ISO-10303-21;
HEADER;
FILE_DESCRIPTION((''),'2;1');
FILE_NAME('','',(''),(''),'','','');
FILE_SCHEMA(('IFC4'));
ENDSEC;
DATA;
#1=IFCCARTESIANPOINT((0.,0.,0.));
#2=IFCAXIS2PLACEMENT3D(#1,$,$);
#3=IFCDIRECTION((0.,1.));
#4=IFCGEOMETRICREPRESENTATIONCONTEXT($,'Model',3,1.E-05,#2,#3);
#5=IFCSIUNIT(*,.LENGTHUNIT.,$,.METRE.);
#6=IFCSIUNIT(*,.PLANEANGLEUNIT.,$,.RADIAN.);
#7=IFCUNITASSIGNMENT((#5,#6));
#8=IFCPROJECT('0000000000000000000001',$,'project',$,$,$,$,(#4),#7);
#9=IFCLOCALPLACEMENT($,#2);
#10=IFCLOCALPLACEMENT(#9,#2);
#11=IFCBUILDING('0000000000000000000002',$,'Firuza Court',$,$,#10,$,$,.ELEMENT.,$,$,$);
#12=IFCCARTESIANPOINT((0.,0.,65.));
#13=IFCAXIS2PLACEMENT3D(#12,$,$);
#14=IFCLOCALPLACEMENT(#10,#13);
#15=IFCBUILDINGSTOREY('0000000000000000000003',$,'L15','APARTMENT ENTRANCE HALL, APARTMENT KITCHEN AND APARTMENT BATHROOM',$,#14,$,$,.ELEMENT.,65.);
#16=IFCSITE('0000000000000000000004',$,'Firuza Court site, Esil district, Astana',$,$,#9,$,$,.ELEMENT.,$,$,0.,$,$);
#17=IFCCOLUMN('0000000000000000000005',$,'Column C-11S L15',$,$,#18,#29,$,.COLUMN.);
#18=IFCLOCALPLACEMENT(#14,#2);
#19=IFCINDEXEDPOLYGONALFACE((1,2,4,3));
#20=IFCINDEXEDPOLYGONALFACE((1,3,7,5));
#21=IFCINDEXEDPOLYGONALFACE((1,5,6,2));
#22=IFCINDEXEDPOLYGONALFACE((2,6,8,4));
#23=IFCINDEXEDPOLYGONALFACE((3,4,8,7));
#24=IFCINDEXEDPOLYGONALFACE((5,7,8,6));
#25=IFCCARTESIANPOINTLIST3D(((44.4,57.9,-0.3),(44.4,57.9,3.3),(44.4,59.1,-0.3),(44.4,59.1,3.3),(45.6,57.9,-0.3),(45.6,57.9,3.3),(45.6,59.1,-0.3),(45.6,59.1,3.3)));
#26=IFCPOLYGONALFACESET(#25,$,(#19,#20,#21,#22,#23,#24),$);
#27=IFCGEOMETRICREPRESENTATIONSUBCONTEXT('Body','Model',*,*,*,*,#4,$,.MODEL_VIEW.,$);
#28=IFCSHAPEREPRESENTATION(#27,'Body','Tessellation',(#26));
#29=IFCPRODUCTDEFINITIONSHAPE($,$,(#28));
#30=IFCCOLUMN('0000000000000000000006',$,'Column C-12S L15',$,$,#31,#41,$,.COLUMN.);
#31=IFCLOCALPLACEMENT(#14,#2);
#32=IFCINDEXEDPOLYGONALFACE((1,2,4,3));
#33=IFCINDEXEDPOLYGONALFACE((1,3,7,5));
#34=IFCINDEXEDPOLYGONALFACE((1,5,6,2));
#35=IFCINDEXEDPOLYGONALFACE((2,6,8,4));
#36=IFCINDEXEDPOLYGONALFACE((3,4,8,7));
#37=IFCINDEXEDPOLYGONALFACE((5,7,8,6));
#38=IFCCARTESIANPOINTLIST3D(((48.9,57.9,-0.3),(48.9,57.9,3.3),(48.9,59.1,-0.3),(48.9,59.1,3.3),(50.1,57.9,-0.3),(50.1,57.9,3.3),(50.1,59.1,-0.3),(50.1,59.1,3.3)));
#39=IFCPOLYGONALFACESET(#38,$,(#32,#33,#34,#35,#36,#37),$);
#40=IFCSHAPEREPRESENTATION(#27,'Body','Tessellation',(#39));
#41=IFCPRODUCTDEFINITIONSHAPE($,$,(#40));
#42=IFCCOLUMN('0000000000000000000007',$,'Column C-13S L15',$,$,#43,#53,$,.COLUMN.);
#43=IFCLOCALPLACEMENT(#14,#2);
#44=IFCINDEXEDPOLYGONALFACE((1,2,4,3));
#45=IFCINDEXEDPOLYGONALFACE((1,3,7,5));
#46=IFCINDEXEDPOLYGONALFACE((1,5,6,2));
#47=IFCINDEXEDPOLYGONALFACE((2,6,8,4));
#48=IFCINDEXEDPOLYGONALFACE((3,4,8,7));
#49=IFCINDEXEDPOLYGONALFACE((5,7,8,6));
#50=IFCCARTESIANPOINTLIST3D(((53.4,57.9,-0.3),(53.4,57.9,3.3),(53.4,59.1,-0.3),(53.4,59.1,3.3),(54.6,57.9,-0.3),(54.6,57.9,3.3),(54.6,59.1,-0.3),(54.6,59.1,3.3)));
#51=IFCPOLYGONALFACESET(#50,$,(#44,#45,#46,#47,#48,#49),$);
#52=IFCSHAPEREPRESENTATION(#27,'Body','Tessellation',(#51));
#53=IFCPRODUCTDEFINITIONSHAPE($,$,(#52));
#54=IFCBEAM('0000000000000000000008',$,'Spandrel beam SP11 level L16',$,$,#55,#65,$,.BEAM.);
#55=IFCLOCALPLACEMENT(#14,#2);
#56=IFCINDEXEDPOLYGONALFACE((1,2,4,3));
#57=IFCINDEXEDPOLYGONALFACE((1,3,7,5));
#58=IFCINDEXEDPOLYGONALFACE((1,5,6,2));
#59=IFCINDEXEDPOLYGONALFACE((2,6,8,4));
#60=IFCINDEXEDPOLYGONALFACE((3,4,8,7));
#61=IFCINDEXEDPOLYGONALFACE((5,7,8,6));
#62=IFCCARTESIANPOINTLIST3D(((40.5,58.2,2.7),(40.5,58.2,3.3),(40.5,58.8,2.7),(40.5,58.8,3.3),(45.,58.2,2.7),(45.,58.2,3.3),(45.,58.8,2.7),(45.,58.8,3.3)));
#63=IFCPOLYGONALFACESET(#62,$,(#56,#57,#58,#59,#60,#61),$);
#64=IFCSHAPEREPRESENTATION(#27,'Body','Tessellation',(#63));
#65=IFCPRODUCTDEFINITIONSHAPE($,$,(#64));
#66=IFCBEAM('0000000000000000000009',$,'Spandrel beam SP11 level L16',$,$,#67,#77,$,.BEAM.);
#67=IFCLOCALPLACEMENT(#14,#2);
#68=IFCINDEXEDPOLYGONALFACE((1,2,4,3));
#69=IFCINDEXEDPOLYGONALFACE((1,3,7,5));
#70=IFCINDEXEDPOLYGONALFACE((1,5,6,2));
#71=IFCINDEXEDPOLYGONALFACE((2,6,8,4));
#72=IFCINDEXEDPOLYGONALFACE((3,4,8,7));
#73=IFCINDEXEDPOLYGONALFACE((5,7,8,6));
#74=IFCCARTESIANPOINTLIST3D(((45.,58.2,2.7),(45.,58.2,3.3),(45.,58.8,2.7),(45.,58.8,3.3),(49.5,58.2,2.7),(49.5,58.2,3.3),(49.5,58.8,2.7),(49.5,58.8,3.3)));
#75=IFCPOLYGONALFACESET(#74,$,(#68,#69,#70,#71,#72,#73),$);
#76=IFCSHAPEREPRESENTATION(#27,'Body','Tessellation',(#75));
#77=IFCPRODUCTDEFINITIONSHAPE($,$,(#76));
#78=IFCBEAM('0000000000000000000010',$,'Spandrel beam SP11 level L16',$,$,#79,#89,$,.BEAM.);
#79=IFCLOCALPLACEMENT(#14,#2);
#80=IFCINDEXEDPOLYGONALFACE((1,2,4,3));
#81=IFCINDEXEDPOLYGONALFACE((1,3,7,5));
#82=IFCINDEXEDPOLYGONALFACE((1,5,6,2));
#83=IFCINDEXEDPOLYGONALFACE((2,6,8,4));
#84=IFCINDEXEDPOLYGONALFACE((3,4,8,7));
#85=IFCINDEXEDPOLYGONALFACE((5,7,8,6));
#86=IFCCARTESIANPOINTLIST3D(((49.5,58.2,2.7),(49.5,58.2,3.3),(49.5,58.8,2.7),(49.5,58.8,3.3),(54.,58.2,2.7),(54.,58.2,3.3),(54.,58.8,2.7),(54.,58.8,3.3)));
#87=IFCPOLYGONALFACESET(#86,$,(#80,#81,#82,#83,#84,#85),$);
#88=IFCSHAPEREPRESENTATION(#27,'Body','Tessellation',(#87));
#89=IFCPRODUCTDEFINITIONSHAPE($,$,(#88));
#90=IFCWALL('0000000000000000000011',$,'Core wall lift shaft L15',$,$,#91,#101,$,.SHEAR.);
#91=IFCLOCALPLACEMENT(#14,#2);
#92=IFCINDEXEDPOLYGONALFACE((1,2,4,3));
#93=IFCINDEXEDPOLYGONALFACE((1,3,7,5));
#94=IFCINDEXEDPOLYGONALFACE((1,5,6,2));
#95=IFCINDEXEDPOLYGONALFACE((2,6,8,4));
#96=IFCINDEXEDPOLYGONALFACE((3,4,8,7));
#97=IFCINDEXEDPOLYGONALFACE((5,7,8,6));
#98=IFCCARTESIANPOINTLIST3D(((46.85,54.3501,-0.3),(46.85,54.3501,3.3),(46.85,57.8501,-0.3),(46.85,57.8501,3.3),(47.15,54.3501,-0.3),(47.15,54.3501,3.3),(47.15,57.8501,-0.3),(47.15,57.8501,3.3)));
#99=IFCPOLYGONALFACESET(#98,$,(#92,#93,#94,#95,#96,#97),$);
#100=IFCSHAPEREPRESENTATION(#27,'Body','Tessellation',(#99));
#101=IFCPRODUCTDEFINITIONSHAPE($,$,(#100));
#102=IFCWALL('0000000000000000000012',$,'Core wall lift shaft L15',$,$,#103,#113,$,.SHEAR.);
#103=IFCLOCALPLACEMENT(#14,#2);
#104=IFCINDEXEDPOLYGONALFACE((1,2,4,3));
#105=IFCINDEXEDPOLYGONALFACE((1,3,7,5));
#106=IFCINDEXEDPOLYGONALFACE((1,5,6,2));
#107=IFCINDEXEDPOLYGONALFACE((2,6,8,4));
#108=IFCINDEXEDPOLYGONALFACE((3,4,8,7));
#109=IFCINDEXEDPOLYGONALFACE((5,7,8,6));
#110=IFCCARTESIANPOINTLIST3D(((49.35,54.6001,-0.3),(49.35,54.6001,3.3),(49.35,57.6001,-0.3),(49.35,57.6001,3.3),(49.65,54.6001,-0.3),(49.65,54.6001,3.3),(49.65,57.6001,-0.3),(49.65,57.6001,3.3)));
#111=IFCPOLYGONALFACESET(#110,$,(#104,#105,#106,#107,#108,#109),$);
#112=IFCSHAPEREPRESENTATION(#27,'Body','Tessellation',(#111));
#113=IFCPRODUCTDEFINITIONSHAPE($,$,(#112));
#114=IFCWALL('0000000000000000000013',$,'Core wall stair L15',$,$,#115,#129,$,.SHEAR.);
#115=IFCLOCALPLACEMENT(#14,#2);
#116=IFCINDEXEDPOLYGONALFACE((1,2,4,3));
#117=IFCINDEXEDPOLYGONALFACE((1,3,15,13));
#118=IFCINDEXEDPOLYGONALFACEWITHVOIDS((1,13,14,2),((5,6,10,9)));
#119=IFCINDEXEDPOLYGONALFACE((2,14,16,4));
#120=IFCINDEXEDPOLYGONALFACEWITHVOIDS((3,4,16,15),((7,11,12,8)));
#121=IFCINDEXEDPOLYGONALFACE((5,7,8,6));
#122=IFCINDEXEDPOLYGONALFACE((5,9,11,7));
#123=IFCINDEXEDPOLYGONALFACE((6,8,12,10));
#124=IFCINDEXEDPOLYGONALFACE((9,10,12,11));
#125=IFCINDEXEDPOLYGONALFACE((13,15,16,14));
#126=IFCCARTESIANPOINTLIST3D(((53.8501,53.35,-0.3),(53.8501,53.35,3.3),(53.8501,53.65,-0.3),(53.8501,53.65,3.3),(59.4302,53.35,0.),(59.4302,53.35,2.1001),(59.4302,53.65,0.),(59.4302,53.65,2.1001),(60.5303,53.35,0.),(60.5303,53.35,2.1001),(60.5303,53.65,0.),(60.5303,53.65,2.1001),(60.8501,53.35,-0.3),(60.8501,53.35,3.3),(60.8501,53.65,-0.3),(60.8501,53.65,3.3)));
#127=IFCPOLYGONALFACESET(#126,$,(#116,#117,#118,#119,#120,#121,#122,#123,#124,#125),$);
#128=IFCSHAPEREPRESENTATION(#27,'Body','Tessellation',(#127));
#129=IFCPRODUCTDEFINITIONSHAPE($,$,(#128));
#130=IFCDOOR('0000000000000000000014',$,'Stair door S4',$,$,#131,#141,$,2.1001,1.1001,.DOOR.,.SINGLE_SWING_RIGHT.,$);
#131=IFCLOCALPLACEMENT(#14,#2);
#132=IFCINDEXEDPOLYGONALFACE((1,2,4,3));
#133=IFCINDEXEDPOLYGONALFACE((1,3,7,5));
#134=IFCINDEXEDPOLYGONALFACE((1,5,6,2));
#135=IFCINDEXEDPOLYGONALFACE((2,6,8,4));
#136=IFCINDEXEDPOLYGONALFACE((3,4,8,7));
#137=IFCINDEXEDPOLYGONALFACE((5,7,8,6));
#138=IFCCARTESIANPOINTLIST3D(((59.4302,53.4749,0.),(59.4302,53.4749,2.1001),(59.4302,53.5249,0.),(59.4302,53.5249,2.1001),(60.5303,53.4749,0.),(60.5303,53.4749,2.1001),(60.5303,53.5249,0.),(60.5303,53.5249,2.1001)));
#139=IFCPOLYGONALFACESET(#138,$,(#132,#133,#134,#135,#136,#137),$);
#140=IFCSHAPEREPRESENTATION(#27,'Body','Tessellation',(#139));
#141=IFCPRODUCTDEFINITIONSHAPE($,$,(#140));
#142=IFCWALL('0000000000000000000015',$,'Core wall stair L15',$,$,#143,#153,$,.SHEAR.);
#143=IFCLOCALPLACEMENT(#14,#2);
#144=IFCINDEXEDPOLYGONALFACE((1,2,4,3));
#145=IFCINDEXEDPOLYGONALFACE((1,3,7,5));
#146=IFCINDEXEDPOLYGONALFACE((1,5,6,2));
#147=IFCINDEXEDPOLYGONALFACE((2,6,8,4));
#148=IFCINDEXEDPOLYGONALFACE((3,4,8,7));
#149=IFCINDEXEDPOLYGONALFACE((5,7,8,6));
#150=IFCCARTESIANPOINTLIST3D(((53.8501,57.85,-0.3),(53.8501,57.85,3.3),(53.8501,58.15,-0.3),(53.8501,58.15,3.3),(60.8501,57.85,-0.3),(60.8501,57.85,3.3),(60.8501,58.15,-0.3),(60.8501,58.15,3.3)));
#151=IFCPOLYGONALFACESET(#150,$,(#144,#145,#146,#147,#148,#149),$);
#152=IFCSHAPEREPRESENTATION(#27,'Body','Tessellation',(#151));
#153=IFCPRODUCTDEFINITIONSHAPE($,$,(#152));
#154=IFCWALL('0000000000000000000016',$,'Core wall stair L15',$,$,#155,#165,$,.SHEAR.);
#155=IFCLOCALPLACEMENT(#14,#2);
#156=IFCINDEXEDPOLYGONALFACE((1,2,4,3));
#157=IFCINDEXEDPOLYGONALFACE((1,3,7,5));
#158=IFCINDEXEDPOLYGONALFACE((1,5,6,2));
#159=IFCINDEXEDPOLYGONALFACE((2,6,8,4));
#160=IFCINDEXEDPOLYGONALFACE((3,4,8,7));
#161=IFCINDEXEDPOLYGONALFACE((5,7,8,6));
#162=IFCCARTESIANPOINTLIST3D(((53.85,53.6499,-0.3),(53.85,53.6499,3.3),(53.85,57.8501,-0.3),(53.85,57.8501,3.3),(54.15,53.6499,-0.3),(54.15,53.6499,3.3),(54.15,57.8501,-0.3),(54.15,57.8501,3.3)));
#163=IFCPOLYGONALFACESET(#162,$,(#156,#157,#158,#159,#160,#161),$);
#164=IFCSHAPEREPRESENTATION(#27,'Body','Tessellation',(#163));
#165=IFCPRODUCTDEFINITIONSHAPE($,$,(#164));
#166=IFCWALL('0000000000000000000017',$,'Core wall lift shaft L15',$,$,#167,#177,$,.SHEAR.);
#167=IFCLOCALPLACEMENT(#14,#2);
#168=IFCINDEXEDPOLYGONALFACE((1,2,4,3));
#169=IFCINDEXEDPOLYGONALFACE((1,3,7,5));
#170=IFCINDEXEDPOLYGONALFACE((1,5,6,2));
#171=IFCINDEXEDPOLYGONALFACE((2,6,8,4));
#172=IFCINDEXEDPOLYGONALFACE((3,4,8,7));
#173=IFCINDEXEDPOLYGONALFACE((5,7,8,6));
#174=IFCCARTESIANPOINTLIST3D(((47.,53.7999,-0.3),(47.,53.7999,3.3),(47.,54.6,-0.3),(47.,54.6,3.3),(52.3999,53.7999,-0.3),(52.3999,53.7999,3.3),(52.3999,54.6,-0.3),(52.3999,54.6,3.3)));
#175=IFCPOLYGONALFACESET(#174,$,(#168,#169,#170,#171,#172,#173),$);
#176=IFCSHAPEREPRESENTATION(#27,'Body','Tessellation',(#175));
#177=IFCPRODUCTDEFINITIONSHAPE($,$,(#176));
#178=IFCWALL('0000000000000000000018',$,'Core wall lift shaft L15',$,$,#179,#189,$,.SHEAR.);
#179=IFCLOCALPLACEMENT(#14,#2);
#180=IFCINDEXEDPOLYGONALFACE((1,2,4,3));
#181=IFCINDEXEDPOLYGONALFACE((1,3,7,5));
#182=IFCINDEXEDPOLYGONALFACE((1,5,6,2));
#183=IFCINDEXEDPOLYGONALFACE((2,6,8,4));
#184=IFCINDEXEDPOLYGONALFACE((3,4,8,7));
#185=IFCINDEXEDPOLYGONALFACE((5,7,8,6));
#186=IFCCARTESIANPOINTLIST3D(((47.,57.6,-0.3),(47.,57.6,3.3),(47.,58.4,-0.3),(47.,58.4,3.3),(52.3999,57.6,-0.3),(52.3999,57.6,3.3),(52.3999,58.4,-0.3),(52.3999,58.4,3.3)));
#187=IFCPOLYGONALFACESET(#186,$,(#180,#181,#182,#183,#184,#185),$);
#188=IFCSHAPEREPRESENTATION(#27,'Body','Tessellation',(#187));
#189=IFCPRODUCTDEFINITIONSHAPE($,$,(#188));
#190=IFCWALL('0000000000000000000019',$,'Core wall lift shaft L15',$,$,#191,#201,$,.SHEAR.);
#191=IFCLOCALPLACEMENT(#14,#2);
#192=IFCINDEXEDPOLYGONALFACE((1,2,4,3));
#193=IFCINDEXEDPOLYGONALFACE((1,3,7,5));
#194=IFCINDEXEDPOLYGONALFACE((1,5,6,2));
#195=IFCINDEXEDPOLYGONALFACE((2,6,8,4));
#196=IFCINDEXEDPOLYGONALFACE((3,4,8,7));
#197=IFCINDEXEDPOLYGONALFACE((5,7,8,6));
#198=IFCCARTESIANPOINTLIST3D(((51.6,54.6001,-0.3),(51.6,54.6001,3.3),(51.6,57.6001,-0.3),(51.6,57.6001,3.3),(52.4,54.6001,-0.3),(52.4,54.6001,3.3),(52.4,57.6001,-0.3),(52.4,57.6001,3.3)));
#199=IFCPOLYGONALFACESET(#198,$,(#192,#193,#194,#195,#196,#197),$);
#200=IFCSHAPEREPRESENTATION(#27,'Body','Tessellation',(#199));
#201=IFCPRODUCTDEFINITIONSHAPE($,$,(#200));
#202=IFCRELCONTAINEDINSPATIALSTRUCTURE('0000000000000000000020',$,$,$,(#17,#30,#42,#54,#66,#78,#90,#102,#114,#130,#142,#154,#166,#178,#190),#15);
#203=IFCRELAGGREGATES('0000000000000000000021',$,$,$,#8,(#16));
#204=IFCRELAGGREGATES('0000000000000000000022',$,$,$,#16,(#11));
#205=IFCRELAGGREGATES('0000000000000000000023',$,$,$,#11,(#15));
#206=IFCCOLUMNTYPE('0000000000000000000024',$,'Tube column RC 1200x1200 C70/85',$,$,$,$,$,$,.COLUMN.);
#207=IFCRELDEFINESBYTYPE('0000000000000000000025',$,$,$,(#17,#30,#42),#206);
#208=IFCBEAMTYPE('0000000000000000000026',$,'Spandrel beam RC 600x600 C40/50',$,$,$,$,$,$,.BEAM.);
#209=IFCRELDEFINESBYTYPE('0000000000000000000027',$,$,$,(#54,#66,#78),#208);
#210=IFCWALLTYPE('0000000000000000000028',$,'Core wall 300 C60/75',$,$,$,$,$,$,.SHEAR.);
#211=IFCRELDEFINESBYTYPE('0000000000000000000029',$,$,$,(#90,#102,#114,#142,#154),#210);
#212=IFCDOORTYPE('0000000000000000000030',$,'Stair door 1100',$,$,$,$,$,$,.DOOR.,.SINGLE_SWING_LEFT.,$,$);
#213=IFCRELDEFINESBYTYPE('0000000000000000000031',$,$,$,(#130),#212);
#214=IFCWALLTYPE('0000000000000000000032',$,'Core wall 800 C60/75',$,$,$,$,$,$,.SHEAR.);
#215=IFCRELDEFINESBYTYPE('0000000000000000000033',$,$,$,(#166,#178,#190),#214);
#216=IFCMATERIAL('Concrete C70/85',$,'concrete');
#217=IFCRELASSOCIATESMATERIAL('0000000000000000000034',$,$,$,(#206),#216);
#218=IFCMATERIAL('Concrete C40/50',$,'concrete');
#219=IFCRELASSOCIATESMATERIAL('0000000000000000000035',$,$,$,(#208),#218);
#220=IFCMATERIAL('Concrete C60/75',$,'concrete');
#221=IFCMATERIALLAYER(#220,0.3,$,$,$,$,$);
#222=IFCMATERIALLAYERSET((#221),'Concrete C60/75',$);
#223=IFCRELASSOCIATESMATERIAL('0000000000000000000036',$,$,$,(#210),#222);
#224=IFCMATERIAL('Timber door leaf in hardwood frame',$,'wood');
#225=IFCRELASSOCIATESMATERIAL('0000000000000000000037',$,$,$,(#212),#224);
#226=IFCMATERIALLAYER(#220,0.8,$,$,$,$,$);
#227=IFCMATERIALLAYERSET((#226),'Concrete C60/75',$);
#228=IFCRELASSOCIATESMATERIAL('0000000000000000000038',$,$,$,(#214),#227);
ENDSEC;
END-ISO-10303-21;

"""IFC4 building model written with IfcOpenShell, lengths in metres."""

from ifc_helpers import new_model, si_unit, direction, frame, frame_2d, origin, origin_2d, place, context, subcontext, project, spatial, rectangle, extrude, material, layer, layer_set, material_profile, profile_set, type_object, element, fill, save


model = new_model("IFC4")

# Units and contexts
model_context = context("Model", 3, precision=1e-05, world=origin(), true_north=direction((0.0, 1.0)))
body_context = subcontext(model_context, "Body", "Model", "MODEL_VIEW")
ifc_project = project(units=[si_unit("LENGTHUNIT", "METRE"), si_unit("PLANEANGLEUNIT", "RADIAN")], contexts=[model_context])

# Site, building, storey
site_placement = place(None, origin())
site = spatial("IfcSite", under=ifc_project, at=site_placement, Name="Firuza Court site, Esil district, Astana", CompositionType="ELEMENT", RefElevation=0.0)
building_placement = place(site_placement, origin())
building = spatial("IfcBuilding", under=site, at=building_placement, Name="Firuza Court", CompositionType="ELEMENT")
storey_placement = place(building_placement, frame((0.0, 0.0, 65.0)))
storey = spatial("IfcBuildingStorey", under=building, at=storey_placement, Name="L15", Description="APARTMENT ENTRANCE HALL, APARTMENT KITCHEN AND APARTMENT BATHROOM", CompositionType="ELEMENT", Elevation=65.0)

# Columns
ifc_material_1 = material(Name="Concrete C70/85", Category="concrete")
ifc_material_profile_1 = material_profile(ifc_material_1, rectangle(XDim=1.2, YDim=1.2, at=origin_2d()), Name="RC 1200x1200")
ifc_profile_set_1 = profile_set([ifc_material_profile_1], Name="Concrete C70/85")
column_type = type_object("IfcColumnType", Name="Tube column RC 1200x1200 C70/85", PredefinedType="COLUMN", material=ifc_profile_set_1)
for number, where, z_axis, x_axis, name in (
    (1, (45.0, 58.5, -0.3), (0.0, 0.0, 1.0), (1.0, 0.0, 0.0), "Column C-11S L15"),
    (2, (49.5, 58.5, -0.3), (0.0, 0.0, 1.0), (1.0, 0.0, 0.0), "Column C-12S L15"),
    (3, (54.0, 58.5, -0.3), (0.0, 0.0, 1.0), (1.0, 0.0, 0.0), "Column C-13S L15"),
):
    element("IfcColumn", number, at=place(storey_placement, frame(where, z_axis=z_axis, x_axis=x_axis)), inside=storey, type_object=column_type, Name=name, PredefinedType="COLUMN", context=body_context, shape_type="SweptSolid", body=[
        extrude(rectangle(XDim=1.2, YDim=1.2, at=origin_2d()), origin(), (0.0, 0.0, 1.0), 3.6001),
    ])

# Beams
ifc_material_2 = material(Name="Concrete C40/50", Category="concrete")
ifc_material_profile_2 = material_profile(ifc_material_2, rectangle(XDim=0.6001, YDim=0.6001, at=origin_2d()), Name="RC 600x600")
ifc_profile_set_2 = profile_set([ifc_material_profile_2], Name="Concrete C40/50")
beam_type = type_object("IfcBeamType", Name="Spandrel beam RC 600x600 C40/50", PredefinedType="BEAM", material=ifc_profile_set_2)
for number, where, z_axis, x_axis, name in (
    (4, (45.0, 58.5, 3.0), (-1.0, 0.0, 0.0), (0.0, -1.0, 0.0), "Spandrel beam SP11 level L16"),
    (5, (49.5, 58.5, 3.0), (-1.0, 0.0, 0.0), (0.0, -1.0, 0.0), "Spandrel beam SP11 level L16"),
    (6, (54.0, 58.5, 3.0), (-1.0, 0.0, 0.0), (0.0, -1.0, 0.0), "Spandrel beam SP11 level L16"),
):
    element("IfcBeam", number, at=place(storey_placement, frame(where, z_axis=z_axis, x_axis=x_axis)), inside=storey, type_object=beam_type, Name=name, PredefinedType="BEAM", context=body_context, shape_type="SweptSolid", body=[
        extrude(rectangle(XDim=0.6001, YDim=0.6001, at=origin_2d()), origin(), (0.0, 0.0, 1.0), 4.5),
    ])

# Walls
ifc_material_3 = material(Name="Concrete C60/75", Category="concrete")
ifc_layer_1 = layer(ifc_material_3, 0.3)
ifc_layer_set_1 = layer_set([ifc_layer_1], Name="Concrete C60/75")
wall_type_1 = type_object("IfcWallType", Name="Core wall 300 C60/75", PredefinedType="SHEAR", material=ifc_layer_set_1)
wall_1_placement = place(storey_placement, frame((47.0, 54.3501, -0.3), z_axis=(0.0, 0.0, 1.0), x_axis=(0.0, 1.0, 0.0)))
element("IfcWall", 7, at=wall_1_placement, inside=storey, type_object=wall_type_1, Name="Core wall lift shaft L15", PredefinedType="SHEAR", context=body_context, shape_type="SweptSolid", body=[
    extrude(rectangle(XDim=3.5, YDim=0.3, at=frame_2d((1.75, 0.0))), origin(), (0.0, 0.0, 1.0), 3.6001),
])
wall_2_placement = place(storey_placement, frame((49.5, 54.6001, -0.3), z_axis=(0.0, 0.0, 1.0), x_axis=(0.0, 1.0, 0.0)))
element("IfcWall", 8, at=wall_2_placement, inside=storey, type_object=wall_type_1, Name="Core wall lift shaft L15", PredefinedType="SHEAR", context=body_context, shape_type="SweptSolid", body=[
    extrude(rectangle(XDim=3.0, YDim=0.3, at=frame_2d((1.5, 0.0))), origin(), (0.0, 0.0, 1.0), 3.6001),
])

# Wall, opening, door
wall_3_placement = place(storey_placement, frame((53.8501, 53.5, -0.3), z_axis=(0.0, 0.0, 1.0), x_axis=(1.0, 0.0, 0.0)))
wall_3 = element("IfcWall", 9, at=wall_3_placement, inside=storey, type_object=wall_type_1, Name="Core wall stair L15", PredefinedType="SHEAR", context=body_context, shape_type="SweptSolid", body=[
    extrude(rectangle(XDim=7.0, YDim=0.3, at=frame_2d((3.5, 0.0))), origin(), (0.0, 0.0, 1.0), 3.6001),
])
opening_1_placement = place(wall_3_placement, frame((5.5801, 0.0, 0.3)))
opening_1 = element("IfcOpeningElement", 10, at=opening_1_placement, cuts=wall_3, PredefinedType="OPENING", context=body_context, shape_type="SweptSolid", body=[
    extrude(rectangle(XDim=1.1001, YDim=2.1001, at=frame_2d((0.55, 1.05))), frame((0.0, 0.1621, 0.0), z_axis=(0.0, -1.0, 0.0), x_axis=(1.0, 0.0, 0.0)), (0.0, 0.0, 1.0), 0.324),
])
ifc_material_4 = material(Name="Timber door leaf in hardwood frame", Category="wood")
door_type_1 = type_object("IfcDoorType", Name="Stair door 1100", OperationType="SINGLE_SWING_LEFT", PredefinedType="DOOR", material=ifc_material_4)
door_1_placement = place(opening_1_placement, origin())
door_1 = element("IfcDoor", 11, at=door_1_placement, inside=storey, type_object=door_type_1, Name="Stair door S4", OperationType="SINGLE_SWING_RIGHT", OverallHeight=2.1001, OverallWidth=1.1001, PredefinedType="DOOR", context=body_context, shape_type="SweptSolid", body=[
    extrude(rectangle(XDim=1.1001, YDim=2.1001, at=frame_2d((0.55, 1.05))), frame((0.0, 0.0249, 0.0), z_axis=(0.0, -1.0, 0.0), x_axis=(1.0, 0.0, 0.0)), (0.0, 0.0, 1.0), 0.05),
])
fill(opening_1, door_1)

# Walls
wall_4_placement = place(storey_placement, frame((53.8501, 58.0, -0.3), z_axis=(0.0, 0.0, 1.0), x_axis=(1.0, 0.0, 0.0)))
element("IfcWall", 12, at=wall_4_placement, inside=storey, type_object=wall_type_1, Name="Core wall stair L15", PredefinedType="SHEAR", context=body_context, shape_type="SweptSolid", body=[
    extrude(rectangle(XDim=7.0, YDim=0.3, at=frame_2d((3.5, 0.0))), origin(), (0.0, 0.0, 1.0), 3.6001),
])
wall_5_placement = place(storey_placement, frame((54.0, 53.6499, -0.3), z_axis=(0.0, 0.0, 1.0), x_axis=(0.0, 1.0, 0.0)))
element("IfcWall", 13, at=wall_5_placement, inside=storey, type_object=wall_type_1, Name="Core wall stair L15", PredefinedType="SHEAR", context=body_context, shape_type="SweptSolid", body=[
    extrude(rectangle(XDim=4.2002, YDim=0.3, at=frame_2d((2.1001, 0.0))), origin(), (0.0, 0.0, 1.0), 3.6001),
])
ifc_layer_2 = layer(ifc_material_3, 0.8)
ifc_layer_set_2 = layer_set([ifc_layer_2], Name="Concrete C60/75")
wall_type_2 = type_object("IfcWallType", Name="Core wall 800 C60/75", PredefinedType="SHEAR", material=ifc_layer_set_2)
for number, where, z_axis, x_axis, name in (
    (14, (47.0, 54.2, -0.3), (0.0, 0.0, 1.0), (1.0, 0.0, 0.0), "Core wall lift shaft L15"),
    (15, (47.0, 58.0, -0.3), (0.0, 0.0, 1.0), (1.0, 0.0, 0.0), "Core wall lift shaft L15"),
):
    element("IfcWall", number, at=place(storey_placement, frame(where, z_axis=z_axis, x_axis=x_axis)), inside=storey, type_object=wall_type_2, Name=name, PredefinedType="SHEAR", context=body_context, shape_type="SweptSolid", body=[
        extrude(rectangle(XDim=5.3999, YDim=0.8, at=frame_2d((2.7, 0.0))), origin(), (0.0, 0.0, 1.0), 3.6001),
    ])
wall_6_placement = place(storey_placement, frame((52.0, 54.6001, -0.3), z_axis=(0.0, 0.0, 1.0), x_axis=(0.0, 1.0, 0.0)))
element("IfcWall", 16, at=wall_6_placement, inside=storey, type_object=wall_type_2, Name="Core wall lift shaft L15", PredefinedType="SHEAR", context=body_context, shape_type="SweptSolid", body=[
    extrude(rectangle(XDim=3.0, YDim=0.8, at=frame_2d((1.5, 0.0))), origin(), (0.0, 0.0, 1.0), 3.6001),
])

save(model, "model.ifc")
